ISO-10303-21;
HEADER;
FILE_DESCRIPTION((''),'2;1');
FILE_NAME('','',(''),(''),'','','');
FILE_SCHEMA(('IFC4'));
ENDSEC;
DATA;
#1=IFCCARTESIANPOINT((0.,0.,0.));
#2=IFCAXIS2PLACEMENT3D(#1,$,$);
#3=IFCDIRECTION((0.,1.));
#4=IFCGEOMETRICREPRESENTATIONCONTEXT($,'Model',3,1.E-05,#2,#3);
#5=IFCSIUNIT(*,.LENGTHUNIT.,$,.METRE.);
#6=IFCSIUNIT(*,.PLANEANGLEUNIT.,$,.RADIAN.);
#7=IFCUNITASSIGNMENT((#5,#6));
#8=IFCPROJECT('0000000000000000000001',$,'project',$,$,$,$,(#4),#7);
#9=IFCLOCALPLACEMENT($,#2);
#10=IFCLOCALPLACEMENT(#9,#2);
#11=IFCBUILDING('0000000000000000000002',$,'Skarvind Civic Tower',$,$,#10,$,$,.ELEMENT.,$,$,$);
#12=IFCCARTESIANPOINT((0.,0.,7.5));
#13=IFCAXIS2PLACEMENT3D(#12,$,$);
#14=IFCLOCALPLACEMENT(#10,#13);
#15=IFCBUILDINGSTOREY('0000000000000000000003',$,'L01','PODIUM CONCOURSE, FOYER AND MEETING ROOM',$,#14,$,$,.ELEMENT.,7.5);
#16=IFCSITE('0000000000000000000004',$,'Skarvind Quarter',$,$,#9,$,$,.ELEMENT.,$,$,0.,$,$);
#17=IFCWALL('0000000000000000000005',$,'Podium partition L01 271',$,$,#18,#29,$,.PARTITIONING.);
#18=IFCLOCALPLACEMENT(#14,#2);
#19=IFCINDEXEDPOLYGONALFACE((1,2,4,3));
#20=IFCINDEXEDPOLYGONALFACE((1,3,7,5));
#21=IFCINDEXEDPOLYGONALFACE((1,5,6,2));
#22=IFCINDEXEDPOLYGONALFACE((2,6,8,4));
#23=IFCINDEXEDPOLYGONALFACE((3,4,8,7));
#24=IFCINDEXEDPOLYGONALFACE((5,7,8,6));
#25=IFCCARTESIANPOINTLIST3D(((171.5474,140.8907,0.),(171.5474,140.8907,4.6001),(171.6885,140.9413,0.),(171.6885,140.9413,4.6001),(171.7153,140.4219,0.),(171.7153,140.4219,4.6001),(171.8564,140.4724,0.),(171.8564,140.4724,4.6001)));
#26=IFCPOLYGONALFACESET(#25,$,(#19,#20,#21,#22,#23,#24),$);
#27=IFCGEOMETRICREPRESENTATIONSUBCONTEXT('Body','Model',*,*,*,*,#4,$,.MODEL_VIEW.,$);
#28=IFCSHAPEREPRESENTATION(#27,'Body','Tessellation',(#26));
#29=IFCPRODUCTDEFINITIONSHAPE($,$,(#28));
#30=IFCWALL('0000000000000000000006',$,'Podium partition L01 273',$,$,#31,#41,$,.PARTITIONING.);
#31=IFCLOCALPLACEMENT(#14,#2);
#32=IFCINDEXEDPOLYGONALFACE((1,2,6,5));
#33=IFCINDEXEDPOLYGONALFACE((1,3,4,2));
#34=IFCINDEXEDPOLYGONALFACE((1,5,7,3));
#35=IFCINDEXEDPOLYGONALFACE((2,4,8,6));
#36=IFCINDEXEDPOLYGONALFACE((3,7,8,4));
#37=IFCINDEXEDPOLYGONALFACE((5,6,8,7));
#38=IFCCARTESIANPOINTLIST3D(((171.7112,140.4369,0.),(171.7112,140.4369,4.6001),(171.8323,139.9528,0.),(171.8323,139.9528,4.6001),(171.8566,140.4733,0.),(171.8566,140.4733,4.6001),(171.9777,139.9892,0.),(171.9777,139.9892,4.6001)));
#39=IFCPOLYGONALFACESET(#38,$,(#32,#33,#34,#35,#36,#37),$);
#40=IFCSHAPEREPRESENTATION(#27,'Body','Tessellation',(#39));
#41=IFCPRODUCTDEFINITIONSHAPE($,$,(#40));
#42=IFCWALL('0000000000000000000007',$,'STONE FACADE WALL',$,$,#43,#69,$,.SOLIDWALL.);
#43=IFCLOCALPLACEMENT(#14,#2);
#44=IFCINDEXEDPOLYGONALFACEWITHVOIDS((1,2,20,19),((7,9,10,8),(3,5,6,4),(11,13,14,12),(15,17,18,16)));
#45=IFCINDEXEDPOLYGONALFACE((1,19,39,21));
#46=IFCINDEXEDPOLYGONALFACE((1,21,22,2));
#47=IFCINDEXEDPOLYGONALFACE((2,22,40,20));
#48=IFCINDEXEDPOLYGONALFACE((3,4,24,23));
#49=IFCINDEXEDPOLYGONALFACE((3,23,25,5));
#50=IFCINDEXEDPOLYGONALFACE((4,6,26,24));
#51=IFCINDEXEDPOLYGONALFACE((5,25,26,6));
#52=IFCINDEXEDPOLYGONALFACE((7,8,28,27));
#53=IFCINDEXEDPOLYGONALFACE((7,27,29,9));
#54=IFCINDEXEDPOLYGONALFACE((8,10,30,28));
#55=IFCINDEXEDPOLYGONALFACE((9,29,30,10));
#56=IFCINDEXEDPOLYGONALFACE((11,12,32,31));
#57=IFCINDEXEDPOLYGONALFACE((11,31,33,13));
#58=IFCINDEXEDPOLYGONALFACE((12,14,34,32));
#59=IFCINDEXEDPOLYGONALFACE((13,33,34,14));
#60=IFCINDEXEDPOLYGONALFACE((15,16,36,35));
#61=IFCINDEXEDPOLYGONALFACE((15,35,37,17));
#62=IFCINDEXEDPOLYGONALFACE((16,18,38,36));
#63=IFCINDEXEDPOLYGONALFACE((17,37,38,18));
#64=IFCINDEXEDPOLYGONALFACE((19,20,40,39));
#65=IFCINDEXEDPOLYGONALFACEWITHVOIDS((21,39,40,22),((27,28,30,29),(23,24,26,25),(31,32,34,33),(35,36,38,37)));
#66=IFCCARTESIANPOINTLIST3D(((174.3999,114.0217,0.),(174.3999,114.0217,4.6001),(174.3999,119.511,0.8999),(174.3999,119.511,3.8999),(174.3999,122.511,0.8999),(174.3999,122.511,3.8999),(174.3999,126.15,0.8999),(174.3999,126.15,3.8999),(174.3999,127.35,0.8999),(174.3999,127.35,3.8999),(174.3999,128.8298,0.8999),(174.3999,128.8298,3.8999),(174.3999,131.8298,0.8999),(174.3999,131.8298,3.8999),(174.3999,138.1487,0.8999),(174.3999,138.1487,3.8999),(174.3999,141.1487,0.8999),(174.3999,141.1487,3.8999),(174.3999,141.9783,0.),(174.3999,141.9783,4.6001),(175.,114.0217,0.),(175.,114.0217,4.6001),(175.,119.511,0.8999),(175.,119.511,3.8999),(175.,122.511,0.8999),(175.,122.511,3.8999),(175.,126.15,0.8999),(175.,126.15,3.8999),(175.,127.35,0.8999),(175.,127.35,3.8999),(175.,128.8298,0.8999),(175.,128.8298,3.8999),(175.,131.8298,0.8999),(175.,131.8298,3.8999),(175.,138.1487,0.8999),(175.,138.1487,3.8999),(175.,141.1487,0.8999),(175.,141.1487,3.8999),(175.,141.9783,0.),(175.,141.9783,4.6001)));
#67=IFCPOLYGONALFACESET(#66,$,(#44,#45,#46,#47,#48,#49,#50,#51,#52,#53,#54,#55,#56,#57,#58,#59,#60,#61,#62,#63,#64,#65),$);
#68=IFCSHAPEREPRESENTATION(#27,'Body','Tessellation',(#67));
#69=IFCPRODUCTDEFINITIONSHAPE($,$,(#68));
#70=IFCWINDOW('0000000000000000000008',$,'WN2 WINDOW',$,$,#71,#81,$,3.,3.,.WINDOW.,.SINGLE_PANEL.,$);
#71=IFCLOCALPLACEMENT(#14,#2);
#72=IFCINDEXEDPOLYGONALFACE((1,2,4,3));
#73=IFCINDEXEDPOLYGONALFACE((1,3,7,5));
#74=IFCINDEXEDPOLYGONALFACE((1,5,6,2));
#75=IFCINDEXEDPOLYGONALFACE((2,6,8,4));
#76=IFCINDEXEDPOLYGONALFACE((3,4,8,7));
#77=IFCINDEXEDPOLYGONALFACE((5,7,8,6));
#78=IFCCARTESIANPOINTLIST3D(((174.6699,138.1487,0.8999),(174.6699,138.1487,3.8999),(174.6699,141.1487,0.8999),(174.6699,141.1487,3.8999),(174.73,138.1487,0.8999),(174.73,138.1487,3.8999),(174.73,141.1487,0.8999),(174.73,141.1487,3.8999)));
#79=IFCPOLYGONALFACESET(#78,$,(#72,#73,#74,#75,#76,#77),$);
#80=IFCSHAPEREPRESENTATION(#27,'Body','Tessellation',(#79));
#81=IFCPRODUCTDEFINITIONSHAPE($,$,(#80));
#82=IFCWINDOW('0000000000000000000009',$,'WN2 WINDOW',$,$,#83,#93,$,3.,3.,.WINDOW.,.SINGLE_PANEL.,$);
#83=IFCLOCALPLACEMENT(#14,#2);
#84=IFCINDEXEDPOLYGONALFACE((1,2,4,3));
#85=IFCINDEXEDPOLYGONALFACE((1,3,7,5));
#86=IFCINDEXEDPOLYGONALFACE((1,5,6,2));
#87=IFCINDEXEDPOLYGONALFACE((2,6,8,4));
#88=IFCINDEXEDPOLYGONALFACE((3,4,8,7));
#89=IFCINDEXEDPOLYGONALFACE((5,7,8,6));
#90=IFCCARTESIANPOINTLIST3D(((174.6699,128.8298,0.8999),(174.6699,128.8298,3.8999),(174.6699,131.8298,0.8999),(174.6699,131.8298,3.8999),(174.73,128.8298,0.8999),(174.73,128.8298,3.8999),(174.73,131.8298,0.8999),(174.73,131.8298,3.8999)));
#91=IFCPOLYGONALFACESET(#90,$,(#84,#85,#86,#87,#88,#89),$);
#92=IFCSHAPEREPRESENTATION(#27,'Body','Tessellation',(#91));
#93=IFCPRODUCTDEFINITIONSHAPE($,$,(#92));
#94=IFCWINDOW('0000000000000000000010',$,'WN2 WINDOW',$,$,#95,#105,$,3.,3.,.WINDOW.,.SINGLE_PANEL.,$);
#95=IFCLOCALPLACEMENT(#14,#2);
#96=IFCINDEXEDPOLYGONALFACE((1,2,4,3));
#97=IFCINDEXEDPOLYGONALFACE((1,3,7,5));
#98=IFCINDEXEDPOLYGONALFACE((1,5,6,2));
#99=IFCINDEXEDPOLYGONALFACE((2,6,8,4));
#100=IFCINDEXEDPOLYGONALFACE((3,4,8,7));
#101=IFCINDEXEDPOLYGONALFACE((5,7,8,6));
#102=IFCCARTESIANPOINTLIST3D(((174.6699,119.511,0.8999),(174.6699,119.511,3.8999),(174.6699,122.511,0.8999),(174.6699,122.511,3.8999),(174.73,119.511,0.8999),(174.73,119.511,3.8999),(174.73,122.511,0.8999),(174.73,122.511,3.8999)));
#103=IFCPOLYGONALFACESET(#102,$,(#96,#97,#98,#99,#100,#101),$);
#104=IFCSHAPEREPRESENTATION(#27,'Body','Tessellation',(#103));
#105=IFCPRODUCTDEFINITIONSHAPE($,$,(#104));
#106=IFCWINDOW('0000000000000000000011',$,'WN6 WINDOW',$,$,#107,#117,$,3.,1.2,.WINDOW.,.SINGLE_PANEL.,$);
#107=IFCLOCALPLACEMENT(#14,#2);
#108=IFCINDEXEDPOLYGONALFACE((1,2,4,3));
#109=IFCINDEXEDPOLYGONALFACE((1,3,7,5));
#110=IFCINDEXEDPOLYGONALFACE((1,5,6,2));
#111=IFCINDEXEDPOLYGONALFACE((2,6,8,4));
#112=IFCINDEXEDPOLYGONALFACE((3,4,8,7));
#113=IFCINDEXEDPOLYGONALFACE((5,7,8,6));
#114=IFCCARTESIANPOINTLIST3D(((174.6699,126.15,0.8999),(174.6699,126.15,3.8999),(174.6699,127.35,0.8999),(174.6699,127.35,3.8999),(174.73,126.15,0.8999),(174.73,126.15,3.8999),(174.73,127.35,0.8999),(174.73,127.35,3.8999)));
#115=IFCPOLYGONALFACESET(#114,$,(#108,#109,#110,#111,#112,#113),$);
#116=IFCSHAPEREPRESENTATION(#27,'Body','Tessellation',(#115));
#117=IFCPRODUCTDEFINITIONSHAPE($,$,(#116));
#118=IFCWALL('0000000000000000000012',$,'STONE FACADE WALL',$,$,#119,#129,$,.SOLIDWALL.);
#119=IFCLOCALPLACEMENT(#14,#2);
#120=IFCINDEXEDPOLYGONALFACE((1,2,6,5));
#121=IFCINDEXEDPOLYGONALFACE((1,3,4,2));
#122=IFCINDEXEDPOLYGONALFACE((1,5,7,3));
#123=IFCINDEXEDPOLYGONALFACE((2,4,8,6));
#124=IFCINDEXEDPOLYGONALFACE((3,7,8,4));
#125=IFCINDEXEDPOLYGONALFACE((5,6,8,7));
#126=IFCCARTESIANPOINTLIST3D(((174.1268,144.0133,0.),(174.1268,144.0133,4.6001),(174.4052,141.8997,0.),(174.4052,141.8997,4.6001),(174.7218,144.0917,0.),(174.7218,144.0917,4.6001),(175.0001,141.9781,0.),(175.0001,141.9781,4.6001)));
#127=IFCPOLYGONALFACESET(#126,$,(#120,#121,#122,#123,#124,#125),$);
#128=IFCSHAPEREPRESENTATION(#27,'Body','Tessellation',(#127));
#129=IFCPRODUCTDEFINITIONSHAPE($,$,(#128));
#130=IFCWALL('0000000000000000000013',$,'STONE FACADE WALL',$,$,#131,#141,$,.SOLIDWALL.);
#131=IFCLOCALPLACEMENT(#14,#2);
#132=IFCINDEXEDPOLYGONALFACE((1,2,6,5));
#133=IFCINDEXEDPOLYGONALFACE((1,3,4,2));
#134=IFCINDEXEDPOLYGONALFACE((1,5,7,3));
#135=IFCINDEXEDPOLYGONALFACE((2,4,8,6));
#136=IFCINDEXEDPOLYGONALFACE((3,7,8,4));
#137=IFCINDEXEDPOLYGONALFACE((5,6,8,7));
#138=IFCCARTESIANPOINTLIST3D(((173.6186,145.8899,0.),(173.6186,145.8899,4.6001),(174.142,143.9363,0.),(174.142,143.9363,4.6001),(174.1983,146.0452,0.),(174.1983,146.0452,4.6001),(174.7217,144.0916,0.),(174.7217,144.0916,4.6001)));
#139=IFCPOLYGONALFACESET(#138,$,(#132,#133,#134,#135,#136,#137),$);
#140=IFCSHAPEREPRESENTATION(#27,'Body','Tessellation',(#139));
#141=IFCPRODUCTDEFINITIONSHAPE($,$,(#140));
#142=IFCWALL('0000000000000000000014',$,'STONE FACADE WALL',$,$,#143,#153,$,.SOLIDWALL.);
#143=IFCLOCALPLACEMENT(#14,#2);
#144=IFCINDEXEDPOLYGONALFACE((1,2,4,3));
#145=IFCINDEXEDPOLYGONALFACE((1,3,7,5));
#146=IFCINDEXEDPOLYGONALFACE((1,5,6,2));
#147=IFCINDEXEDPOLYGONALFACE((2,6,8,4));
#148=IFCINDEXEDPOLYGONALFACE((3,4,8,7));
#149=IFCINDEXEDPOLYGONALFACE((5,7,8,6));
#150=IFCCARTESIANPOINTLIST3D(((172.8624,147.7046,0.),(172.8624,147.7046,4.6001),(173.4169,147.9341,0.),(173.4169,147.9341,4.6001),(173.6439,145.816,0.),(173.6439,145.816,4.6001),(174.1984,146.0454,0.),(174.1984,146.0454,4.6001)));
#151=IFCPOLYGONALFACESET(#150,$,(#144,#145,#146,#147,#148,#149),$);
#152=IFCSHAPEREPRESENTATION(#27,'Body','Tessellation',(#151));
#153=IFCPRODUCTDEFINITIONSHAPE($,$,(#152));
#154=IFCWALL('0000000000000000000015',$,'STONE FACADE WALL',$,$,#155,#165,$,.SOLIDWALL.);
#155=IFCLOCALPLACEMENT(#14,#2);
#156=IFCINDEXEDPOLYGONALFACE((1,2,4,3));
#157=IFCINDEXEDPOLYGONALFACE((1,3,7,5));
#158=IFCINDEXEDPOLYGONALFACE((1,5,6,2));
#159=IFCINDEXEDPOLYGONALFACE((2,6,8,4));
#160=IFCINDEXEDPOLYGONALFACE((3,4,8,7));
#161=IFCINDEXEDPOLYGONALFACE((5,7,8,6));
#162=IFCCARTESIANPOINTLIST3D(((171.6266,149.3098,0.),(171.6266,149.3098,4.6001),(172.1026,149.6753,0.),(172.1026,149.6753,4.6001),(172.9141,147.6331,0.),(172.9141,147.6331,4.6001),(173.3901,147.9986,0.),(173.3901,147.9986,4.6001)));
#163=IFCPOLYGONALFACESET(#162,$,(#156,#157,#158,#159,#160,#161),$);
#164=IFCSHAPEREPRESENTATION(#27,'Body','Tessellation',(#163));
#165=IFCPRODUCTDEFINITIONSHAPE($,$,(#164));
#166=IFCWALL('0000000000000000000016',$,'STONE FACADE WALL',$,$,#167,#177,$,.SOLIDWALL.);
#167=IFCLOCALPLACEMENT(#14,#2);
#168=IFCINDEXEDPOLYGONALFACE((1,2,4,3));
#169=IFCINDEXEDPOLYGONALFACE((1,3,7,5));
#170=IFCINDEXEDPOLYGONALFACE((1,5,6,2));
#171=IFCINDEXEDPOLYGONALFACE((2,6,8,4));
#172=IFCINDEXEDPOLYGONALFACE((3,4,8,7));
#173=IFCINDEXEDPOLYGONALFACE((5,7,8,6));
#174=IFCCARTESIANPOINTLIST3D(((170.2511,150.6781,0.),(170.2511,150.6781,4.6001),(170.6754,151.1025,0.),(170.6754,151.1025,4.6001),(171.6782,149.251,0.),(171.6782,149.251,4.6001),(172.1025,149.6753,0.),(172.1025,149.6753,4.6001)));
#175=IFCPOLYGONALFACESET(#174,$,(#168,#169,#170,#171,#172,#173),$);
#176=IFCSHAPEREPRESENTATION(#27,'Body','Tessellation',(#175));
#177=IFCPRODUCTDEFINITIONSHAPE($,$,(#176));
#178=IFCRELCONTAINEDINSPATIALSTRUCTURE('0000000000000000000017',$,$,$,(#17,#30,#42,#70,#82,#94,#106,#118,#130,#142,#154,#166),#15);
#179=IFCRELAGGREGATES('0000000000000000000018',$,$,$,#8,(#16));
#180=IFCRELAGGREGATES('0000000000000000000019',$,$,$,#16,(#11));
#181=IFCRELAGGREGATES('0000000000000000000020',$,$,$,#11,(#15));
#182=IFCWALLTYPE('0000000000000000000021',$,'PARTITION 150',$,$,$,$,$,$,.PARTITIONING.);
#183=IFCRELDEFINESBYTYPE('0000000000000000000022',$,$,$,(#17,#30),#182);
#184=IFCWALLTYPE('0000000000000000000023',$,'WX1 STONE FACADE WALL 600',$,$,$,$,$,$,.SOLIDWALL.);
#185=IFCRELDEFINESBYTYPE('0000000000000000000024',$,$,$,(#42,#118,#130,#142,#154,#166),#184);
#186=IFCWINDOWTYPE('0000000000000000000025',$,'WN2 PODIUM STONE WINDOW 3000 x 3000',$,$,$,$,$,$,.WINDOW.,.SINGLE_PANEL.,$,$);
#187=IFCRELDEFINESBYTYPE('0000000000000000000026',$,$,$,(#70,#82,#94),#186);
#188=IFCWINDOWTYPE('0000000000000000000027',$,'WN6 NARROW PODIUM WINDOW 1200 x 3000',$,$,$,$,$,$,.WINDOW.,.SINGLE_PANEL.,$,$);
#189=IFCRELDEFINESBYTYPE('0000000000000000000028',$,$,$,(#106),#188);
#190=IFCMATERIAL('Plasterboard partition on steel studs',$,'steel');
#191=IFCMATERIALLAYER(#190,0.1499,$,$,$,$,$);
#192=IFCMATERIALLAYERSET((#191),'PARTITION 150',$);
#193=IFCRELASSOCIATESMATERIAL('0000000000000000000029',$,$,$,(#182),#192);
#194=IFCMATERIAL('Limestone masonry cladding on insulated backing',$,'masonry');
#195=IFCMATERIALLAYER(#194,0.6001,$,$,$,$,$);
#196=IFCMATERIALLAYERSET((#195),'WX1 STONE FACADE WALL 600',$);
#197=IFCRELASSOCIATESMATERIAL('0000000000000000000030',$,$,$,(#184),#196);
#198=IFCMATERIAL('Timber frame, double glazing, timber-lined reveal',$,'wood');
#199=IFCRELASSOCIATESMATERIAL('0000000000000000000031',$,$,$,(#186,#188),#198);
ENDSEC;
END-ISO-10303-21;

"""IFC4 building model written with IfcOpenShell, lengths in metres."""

from ifc_helpers import new_model, si_unit, direction, frame, frame_2d, origin, place, context, subcontext, project, spatial, rectangle, extrude, material, layer, layer_set, type_object, element, fill, save


model = new_model("IFC4")

# Units and contexts
model_context = context("Model", 3, precision=1e-05, world=origin(), true_north=direction((0.0, 1.0)))
body_context = subcontext(model_context, "Body", "Model", "MODEL_VIEW")
ifc_project = project(units=[si_unit("LENGTHUNIT", "METRE"), si_unit("PLANEANGLEUNIT", "RADIAN")], contexts=[model_context])

# Site, building, storey
site_placement = place(None, origin())
site = spatial("IfcSite", under=ifc_project, at=site_placement, Name="Skarvind Quarter", CompositionType="ELEMENT", RefElevation=0.0)
building_placement = place(site_placement, origin())
building = spatial("IfcBuilding", under=site, at=building_placement, Name="Skarvind Civic Tower", CompositionType="ELEMENT")
storey_placement = place(building_placement, frame((0.0, 0.0, 7.5)))
storey = spatial("IfcBuildingStorey", under=building, at=storey_placement, Name="L01", Description="PODIUM CONCOURSE, FOYER AND MEETING ROOM", CompositionType="ELEMENT", Elevation=7.5)

# Walls
ifc_material_1 = material(Name="Plasterboard partition on steel studs", Category="steel")
ifc_layer_1 = layer(ifc_material_1, 0.1499)
ifc_layer_set_1 = layer_set([ifc_layer_1], Name="PARTITION 150")
wall_type_1 = type_object("IfcWallType", Name="PARTITION 150", PredefinedType="PARTITIONING", material=ifc_layer_set_1)
for number, where, z_axis, x_axis, name in (
    (1, (171.6179, 140.916, 0.0), (0.0, 0.0, 1.0), (0.337174, -0.941442, 0.0), "Podium partition L01 271"),
):
    element("IfcWall", number, at=place(storey_placement, frame(where, z_axis=z_axis, x_axis=x_axis)), inside=storey, type_object=wall_type_1, Name=name, PredefinedType="PARTITIONING", context=body_context, shape_type="SweptSolid", body=[
        extrude(rectangle(XDim=0.498, YDim=0.1499, at=frame_2d((0.249, 0.0))), origin(), (0.0, 0.0, 1.0), 4.6001),
    ])
wall_1_placement = place(storey_placement, frame((171.7839, 140.4551, 0.0), z_axis=(0.0, 0.0, 1.0), x_axis=(0.242651, -0.970114, 0.0)))
element("IfcWall", 2, at=wall_1_placement, inside=storey, type_object=wall_type_1, Name="Podium partition L01 273", PredefinedType="PARTITIONING", context=body_context, shape_type="SweptSolid", body=[
    extrude(rectangle(XDim=0.499, YDim=0.1499, at=frame_2d((0.2495, 0.0))), origin(), (0.0, 0.0, 1.0), 4.6001),
])

# Wall, openings, windows
ifc_material_2 = material(Name="Limestone masonry cladding on insulated backing", Category="masonry")
ifc_layer_2 = layer(ifc_material_2, 0.6001)
ifc_layer_set_2 = layer_set([ifc_layer_2], Name="WX1 STONE FACADE WALL 600")
wall_type_2 = type_object("IfcWallType", Name="WX1 STONE FACADE WALL 600", PredefinedType="SOLIDWALL", material=ifc_layer_set_2)
wall_2_placement = place(storey_placement, frame((174.7, 141.9783, 0.0), z_axis=(0.0, 0.0, 1.0), x_axis=(0.0, -1.0, 0.0)))
wall_2 = element("IfcWall", 3, at=wall_2_placement, inside=storey, type_object=wall_type_2, Name="STONE FACADE WALL", PredefinedType="SOLIDWALL", context=body_context, shape_type="SweptSolid", body=[
    extrude(rectangle(XDim=27.9565, YDim=0.6001, at=frame_2d((13.9783, 0.0))), origin(), (0.0, 0.0, 1.0), 4.6001),
])
opening_1_placement = place(wall_2_placement, frame((0.8296, 0.0, 0.8999)))
opening_1 = element("IfcOpeningElement", 4, at=opening_1_placement, cuts=wall_2, PredefinedType="OPENING", context=body_context, shape_type="SweptSolid", body=[
    extrude(rectangle(XDim=3.0, YDim=3.0, at=frame_2d((1.5, 1.5))), frame((0.0, 0.3101, 0.0), z_axis=(0.0, -1.0, 0.0), x_axis=(1.0, 0.0, 0.0)), (0.0, 0.0, 1.0), 0.6201),
])
opening_2_placement = place(wall_2_placement, frame((10.1484, 0.0, 0.8999)))
opening_2 = element("IfcOpeningElement", 5, at=opening_2_placement, cuts=wall_2, PredefinedType="OPENING", context=body_context, shape_type="SweptSolid", body=[
    extrude(rectangle(XDim=3.0, YDim=3.0, at=frame_2d((1.5, 1.5))), frame((0.0, 0.3101, 0.0), z_axis=(0.0, -1.0, 0.0), x_axis=(1.0, 0.0, 0.0)), (0.0, 0.0, 1.0), 0.6201),
])
opening_3_placement = place(wall_2_placement, frame((14.6282, 0.0, 0.8999)))
opening_3 = element("IfcOpeningElement", 6, at=opening_3_placement, cuts=wall_2, PredefinedType="OPENING", context=body_context, shape_type="SweptSolid", body=[
    extrude(rectangle(XDim=1.2, YDim=3.0, at=frame_2d((0.6001, 1.5))), frame((0.0, 0.3101, 0.0), z_axis=(0.0, -1.0, 0.0), x_axis=(1.0, 0.0, 0.0)), (0.0, 0.0, 1.0), 0.6201),
])
opening_4_placement = place(wall_2_placement, frame((19.4673, 0.0, 0.8999)))
opening_4 = element("IfcOpeningElement", 7, at=opening_4_placement, cuts=wall_2, PredefinedType="OPENING", context=body_context, shape_type="SweptSolid", body=[
    extrude(rectangle(XDim=3.0, YDim=3.0, at=frame_2d((1.5, 1.5))), frame((0.0, 0.3101, 0.0), z_axis=(0.0, -1.0, 0.0), x_axis=(1.0, 0.0, 0.0)), (0.0, 0.0, 1.0), 0.6201),
])
ifc_material_3 = material(Name="Timber frame, double glazing, timber-lined reveal", Category="wood")
window_type_1 = type_object("IfcWindowType", Name="WN2 PODIUM STONE WINDOW 3000 x 3000", PartitioningType="SINGLE_PANEL", PredefinedType="WINDOW", material=ifc_material_3)
window_1_placement = place(opening_1_placement, origin())
window_1 = element("IfcWindow", 8, at=window_1_placement, inside=storey, type_object=window_type_1, Name="WN2 WINDOW", OverallHeight=3.0, OverallWidth=3.0, PartitioningType="SINGLE_PANEL", PredefinedType="WINDOW", context=body_context, shape_type="SweptSolid", body=[
    extrude(rectangle(XDim=3.0, YDim=3.0, at=frame_2d((1.5, 1.5))), frame((0.0, 0.03, 0.0), z_axis=(0.0, -1.0, 0.0), x_axis=(1.0, 0.0, 0.0)), (0.0, 0.0, 1.0), 0.0601),
])
fill(opening_1, window_1)
window_2_placement = place(opening_2_placement, origin())
window_2 = element("IfcWindow", 9, at=window_2_placement, inside=storey, type_object=window_type_1, Name="WN2 WINDOW", OverallHeight=3.0, OverallWidth=3.0, PartitioningType="SINGLE_PANEL", PredefinedType="WINDOW", context=body_context, shape_type="SweptSolid", body=[
    extrude(rectangle(XDim=3.0, YDim=3.0, at=frame_2d((1.5, 1.5))), frame((0.0, 0.03, 0.0), z_axis=(0.0, -1.0, 0.0), x_axis=(1.0, 0.0, 0.0)), (0.0, 0.0, 1.0), 0.0601),
])
fill(opening_2, window_2)
window_3_placement = place(opening_4_placement, origin())
window_3 = element("IfcWindow", 10, at=window_3_placement, inside=storey, type_object=window_type_1, Name="WN2 WINDOW", OverallHeight=3.0, OverallWidth=3.0, PartitioningType="SINGLE_PANEL", PredefinedType="WINDOW", context=body_context, shape_type="SweptSolid", body=[
    extrude(rectangle(XDim=3.0, YDim=3.0, at=frame_2d((1.5, 1.5))), frame((0.0, 0.03, 0.0), z_axis=(0.0, -1.0, 0.0), x_axis=(1.0, 0.0, 0.0)), (0.0, 0.0, 1.0), 0.0601),
])
fill(opening_4, window_3)
window_type_2 = type_object("IfcWindowType", Name="WN6 NARROW PODIUM WINDOW 1200 x 3000", PartitioningType="SINGLE_PANEL", PredefinedType="WINDOW", material=ifc_material_3)
window_4_placement = place(opening_3_placement, origin())
window_4 = element("IfcWindow", 11, at=window_4_placement, inside=storey, type_object=window_type_2, Name="WN6 WINDOW", OverallHeight=3.0, OverallWidth=1.2, PartitioningType="SINGLE_PANEL", PredefinedType="WINDOW", context=body_context, shape_type="SweptSolid", body=[
    extrude(rectangle(XDim=1.2, YDim=3.0, at=frame_2d((0.6001, 1.5))), frame((0.0, 0.03, 0.0), z_axis=(0.0, -1.0, 0.0), x_axis=(1.0, 0.0, 0.0)), (0.0, 0.0, 1.0), 0.0601),
])
fill(opening_3, window_4)

# Walls
wall_3_placement = place(storey_placement, frame((174.4243, 144.0525, 0.0), z_axis=(0.0, 0.0, 1.0), x_axis=(0.130558, -0.991441, 0.0)))
element("IfcWall", 12, at=wall_3_placement, inside=storey, type_object=wall_type_2, Name="STONE FACADE WALL", PredefinedType="SOLIDWALL", context=body_context, shape_type="SweptSolid", body=[
    extrude(rectangle(XDim=2.1318, YDim=0.6001, at=frame_2d((1.0659, 0.0))), origin(), (0.0, 0.0, 1.0), 4.6001),
])
wall_4_placement = place(storey_placement, frame((173.9084, 145.9675, 0.0), z_axis=(0.0, 0.0, 1.0), x_axis=(0.258804, -0.96593, 0.0)))
element("IfcWall", 13, at=wall_4_placement, inside=storey, type_object=wall_type_2, Name="STONE FACADE WALL", PredefinedType="SOLIDWALL", context=body_context, shape_type="SweptSolid", body=[
    extrude(rectangle(XDim=2.0225, YDim=0.6001, at=frame_2d((1.0112, 0.0))), origin(), (0.0, 0.0, 1.0), 4.6001),
])
wall_5_placement = place(storey_placement, frame((173.1396, 147.8193, 0.0), z_axis=(0.0, 0.0, 1.0), x_axis=(0.382341, -0.924021, 0.0)))
element("IfcWall", 14, at=wall_5_placement, inside=storey, type_object=wall_type_2, Name="STONE FACADE WALL", PredefinedType="SOLIDWALL", context=body_context, shape_type="SweptSolid", body=[
    extrude(rectangle(XDim=2.0439, YDim=0.6001, at=frame_2d((1.022, 0.0))), origin(), (0.0, 0.0, 1.0), 4.6001),
])
wall_6_placement = place(storey_placement, frame((171.8645, 149.4927, 0.0), z_axis=(0.0, 0.0, 1.0), x_axis=(0.609052, -0.79313, 0.0)))
element("IfcWall", 15, at=wall_6_placement, inside=storey, type_object=wall_type_2, Name="STONE FACADE WALL", PredefinedType="SOLIDWALL", context=body_context, shape_type="SweptSolid", body=[
    extrude(rectangle(XDim=2.114, YDim=0.6001, at=frame_2d((1.0571, 0.0))), origin(), (0.0, 0.0, 1.0), 4.6001),
])
wall_7_placement = place(storey_placement, frame((170.4631, 150.8904, 0.0), z_axis=(0.0, 0.0, 1.0), x_axis=(0.707107, -0.707107, 0.0)))
element("IfcWall", 16, at=wall_7_placement, inside=storey, type_object=wall_type_2, Name="STONE FACADE WALL", PredefinedType="SOLIDWALL", context=body_context, shape_type="SweptSolid", body=[
    extrude(rectangle(XDim=2.0183, YDim=0.6001, at=frame_2d((1.0093, 0.0))), origin(), (0.0, 0.0, 1.0), 4.6001),
])

save(model, "model.ifc")
